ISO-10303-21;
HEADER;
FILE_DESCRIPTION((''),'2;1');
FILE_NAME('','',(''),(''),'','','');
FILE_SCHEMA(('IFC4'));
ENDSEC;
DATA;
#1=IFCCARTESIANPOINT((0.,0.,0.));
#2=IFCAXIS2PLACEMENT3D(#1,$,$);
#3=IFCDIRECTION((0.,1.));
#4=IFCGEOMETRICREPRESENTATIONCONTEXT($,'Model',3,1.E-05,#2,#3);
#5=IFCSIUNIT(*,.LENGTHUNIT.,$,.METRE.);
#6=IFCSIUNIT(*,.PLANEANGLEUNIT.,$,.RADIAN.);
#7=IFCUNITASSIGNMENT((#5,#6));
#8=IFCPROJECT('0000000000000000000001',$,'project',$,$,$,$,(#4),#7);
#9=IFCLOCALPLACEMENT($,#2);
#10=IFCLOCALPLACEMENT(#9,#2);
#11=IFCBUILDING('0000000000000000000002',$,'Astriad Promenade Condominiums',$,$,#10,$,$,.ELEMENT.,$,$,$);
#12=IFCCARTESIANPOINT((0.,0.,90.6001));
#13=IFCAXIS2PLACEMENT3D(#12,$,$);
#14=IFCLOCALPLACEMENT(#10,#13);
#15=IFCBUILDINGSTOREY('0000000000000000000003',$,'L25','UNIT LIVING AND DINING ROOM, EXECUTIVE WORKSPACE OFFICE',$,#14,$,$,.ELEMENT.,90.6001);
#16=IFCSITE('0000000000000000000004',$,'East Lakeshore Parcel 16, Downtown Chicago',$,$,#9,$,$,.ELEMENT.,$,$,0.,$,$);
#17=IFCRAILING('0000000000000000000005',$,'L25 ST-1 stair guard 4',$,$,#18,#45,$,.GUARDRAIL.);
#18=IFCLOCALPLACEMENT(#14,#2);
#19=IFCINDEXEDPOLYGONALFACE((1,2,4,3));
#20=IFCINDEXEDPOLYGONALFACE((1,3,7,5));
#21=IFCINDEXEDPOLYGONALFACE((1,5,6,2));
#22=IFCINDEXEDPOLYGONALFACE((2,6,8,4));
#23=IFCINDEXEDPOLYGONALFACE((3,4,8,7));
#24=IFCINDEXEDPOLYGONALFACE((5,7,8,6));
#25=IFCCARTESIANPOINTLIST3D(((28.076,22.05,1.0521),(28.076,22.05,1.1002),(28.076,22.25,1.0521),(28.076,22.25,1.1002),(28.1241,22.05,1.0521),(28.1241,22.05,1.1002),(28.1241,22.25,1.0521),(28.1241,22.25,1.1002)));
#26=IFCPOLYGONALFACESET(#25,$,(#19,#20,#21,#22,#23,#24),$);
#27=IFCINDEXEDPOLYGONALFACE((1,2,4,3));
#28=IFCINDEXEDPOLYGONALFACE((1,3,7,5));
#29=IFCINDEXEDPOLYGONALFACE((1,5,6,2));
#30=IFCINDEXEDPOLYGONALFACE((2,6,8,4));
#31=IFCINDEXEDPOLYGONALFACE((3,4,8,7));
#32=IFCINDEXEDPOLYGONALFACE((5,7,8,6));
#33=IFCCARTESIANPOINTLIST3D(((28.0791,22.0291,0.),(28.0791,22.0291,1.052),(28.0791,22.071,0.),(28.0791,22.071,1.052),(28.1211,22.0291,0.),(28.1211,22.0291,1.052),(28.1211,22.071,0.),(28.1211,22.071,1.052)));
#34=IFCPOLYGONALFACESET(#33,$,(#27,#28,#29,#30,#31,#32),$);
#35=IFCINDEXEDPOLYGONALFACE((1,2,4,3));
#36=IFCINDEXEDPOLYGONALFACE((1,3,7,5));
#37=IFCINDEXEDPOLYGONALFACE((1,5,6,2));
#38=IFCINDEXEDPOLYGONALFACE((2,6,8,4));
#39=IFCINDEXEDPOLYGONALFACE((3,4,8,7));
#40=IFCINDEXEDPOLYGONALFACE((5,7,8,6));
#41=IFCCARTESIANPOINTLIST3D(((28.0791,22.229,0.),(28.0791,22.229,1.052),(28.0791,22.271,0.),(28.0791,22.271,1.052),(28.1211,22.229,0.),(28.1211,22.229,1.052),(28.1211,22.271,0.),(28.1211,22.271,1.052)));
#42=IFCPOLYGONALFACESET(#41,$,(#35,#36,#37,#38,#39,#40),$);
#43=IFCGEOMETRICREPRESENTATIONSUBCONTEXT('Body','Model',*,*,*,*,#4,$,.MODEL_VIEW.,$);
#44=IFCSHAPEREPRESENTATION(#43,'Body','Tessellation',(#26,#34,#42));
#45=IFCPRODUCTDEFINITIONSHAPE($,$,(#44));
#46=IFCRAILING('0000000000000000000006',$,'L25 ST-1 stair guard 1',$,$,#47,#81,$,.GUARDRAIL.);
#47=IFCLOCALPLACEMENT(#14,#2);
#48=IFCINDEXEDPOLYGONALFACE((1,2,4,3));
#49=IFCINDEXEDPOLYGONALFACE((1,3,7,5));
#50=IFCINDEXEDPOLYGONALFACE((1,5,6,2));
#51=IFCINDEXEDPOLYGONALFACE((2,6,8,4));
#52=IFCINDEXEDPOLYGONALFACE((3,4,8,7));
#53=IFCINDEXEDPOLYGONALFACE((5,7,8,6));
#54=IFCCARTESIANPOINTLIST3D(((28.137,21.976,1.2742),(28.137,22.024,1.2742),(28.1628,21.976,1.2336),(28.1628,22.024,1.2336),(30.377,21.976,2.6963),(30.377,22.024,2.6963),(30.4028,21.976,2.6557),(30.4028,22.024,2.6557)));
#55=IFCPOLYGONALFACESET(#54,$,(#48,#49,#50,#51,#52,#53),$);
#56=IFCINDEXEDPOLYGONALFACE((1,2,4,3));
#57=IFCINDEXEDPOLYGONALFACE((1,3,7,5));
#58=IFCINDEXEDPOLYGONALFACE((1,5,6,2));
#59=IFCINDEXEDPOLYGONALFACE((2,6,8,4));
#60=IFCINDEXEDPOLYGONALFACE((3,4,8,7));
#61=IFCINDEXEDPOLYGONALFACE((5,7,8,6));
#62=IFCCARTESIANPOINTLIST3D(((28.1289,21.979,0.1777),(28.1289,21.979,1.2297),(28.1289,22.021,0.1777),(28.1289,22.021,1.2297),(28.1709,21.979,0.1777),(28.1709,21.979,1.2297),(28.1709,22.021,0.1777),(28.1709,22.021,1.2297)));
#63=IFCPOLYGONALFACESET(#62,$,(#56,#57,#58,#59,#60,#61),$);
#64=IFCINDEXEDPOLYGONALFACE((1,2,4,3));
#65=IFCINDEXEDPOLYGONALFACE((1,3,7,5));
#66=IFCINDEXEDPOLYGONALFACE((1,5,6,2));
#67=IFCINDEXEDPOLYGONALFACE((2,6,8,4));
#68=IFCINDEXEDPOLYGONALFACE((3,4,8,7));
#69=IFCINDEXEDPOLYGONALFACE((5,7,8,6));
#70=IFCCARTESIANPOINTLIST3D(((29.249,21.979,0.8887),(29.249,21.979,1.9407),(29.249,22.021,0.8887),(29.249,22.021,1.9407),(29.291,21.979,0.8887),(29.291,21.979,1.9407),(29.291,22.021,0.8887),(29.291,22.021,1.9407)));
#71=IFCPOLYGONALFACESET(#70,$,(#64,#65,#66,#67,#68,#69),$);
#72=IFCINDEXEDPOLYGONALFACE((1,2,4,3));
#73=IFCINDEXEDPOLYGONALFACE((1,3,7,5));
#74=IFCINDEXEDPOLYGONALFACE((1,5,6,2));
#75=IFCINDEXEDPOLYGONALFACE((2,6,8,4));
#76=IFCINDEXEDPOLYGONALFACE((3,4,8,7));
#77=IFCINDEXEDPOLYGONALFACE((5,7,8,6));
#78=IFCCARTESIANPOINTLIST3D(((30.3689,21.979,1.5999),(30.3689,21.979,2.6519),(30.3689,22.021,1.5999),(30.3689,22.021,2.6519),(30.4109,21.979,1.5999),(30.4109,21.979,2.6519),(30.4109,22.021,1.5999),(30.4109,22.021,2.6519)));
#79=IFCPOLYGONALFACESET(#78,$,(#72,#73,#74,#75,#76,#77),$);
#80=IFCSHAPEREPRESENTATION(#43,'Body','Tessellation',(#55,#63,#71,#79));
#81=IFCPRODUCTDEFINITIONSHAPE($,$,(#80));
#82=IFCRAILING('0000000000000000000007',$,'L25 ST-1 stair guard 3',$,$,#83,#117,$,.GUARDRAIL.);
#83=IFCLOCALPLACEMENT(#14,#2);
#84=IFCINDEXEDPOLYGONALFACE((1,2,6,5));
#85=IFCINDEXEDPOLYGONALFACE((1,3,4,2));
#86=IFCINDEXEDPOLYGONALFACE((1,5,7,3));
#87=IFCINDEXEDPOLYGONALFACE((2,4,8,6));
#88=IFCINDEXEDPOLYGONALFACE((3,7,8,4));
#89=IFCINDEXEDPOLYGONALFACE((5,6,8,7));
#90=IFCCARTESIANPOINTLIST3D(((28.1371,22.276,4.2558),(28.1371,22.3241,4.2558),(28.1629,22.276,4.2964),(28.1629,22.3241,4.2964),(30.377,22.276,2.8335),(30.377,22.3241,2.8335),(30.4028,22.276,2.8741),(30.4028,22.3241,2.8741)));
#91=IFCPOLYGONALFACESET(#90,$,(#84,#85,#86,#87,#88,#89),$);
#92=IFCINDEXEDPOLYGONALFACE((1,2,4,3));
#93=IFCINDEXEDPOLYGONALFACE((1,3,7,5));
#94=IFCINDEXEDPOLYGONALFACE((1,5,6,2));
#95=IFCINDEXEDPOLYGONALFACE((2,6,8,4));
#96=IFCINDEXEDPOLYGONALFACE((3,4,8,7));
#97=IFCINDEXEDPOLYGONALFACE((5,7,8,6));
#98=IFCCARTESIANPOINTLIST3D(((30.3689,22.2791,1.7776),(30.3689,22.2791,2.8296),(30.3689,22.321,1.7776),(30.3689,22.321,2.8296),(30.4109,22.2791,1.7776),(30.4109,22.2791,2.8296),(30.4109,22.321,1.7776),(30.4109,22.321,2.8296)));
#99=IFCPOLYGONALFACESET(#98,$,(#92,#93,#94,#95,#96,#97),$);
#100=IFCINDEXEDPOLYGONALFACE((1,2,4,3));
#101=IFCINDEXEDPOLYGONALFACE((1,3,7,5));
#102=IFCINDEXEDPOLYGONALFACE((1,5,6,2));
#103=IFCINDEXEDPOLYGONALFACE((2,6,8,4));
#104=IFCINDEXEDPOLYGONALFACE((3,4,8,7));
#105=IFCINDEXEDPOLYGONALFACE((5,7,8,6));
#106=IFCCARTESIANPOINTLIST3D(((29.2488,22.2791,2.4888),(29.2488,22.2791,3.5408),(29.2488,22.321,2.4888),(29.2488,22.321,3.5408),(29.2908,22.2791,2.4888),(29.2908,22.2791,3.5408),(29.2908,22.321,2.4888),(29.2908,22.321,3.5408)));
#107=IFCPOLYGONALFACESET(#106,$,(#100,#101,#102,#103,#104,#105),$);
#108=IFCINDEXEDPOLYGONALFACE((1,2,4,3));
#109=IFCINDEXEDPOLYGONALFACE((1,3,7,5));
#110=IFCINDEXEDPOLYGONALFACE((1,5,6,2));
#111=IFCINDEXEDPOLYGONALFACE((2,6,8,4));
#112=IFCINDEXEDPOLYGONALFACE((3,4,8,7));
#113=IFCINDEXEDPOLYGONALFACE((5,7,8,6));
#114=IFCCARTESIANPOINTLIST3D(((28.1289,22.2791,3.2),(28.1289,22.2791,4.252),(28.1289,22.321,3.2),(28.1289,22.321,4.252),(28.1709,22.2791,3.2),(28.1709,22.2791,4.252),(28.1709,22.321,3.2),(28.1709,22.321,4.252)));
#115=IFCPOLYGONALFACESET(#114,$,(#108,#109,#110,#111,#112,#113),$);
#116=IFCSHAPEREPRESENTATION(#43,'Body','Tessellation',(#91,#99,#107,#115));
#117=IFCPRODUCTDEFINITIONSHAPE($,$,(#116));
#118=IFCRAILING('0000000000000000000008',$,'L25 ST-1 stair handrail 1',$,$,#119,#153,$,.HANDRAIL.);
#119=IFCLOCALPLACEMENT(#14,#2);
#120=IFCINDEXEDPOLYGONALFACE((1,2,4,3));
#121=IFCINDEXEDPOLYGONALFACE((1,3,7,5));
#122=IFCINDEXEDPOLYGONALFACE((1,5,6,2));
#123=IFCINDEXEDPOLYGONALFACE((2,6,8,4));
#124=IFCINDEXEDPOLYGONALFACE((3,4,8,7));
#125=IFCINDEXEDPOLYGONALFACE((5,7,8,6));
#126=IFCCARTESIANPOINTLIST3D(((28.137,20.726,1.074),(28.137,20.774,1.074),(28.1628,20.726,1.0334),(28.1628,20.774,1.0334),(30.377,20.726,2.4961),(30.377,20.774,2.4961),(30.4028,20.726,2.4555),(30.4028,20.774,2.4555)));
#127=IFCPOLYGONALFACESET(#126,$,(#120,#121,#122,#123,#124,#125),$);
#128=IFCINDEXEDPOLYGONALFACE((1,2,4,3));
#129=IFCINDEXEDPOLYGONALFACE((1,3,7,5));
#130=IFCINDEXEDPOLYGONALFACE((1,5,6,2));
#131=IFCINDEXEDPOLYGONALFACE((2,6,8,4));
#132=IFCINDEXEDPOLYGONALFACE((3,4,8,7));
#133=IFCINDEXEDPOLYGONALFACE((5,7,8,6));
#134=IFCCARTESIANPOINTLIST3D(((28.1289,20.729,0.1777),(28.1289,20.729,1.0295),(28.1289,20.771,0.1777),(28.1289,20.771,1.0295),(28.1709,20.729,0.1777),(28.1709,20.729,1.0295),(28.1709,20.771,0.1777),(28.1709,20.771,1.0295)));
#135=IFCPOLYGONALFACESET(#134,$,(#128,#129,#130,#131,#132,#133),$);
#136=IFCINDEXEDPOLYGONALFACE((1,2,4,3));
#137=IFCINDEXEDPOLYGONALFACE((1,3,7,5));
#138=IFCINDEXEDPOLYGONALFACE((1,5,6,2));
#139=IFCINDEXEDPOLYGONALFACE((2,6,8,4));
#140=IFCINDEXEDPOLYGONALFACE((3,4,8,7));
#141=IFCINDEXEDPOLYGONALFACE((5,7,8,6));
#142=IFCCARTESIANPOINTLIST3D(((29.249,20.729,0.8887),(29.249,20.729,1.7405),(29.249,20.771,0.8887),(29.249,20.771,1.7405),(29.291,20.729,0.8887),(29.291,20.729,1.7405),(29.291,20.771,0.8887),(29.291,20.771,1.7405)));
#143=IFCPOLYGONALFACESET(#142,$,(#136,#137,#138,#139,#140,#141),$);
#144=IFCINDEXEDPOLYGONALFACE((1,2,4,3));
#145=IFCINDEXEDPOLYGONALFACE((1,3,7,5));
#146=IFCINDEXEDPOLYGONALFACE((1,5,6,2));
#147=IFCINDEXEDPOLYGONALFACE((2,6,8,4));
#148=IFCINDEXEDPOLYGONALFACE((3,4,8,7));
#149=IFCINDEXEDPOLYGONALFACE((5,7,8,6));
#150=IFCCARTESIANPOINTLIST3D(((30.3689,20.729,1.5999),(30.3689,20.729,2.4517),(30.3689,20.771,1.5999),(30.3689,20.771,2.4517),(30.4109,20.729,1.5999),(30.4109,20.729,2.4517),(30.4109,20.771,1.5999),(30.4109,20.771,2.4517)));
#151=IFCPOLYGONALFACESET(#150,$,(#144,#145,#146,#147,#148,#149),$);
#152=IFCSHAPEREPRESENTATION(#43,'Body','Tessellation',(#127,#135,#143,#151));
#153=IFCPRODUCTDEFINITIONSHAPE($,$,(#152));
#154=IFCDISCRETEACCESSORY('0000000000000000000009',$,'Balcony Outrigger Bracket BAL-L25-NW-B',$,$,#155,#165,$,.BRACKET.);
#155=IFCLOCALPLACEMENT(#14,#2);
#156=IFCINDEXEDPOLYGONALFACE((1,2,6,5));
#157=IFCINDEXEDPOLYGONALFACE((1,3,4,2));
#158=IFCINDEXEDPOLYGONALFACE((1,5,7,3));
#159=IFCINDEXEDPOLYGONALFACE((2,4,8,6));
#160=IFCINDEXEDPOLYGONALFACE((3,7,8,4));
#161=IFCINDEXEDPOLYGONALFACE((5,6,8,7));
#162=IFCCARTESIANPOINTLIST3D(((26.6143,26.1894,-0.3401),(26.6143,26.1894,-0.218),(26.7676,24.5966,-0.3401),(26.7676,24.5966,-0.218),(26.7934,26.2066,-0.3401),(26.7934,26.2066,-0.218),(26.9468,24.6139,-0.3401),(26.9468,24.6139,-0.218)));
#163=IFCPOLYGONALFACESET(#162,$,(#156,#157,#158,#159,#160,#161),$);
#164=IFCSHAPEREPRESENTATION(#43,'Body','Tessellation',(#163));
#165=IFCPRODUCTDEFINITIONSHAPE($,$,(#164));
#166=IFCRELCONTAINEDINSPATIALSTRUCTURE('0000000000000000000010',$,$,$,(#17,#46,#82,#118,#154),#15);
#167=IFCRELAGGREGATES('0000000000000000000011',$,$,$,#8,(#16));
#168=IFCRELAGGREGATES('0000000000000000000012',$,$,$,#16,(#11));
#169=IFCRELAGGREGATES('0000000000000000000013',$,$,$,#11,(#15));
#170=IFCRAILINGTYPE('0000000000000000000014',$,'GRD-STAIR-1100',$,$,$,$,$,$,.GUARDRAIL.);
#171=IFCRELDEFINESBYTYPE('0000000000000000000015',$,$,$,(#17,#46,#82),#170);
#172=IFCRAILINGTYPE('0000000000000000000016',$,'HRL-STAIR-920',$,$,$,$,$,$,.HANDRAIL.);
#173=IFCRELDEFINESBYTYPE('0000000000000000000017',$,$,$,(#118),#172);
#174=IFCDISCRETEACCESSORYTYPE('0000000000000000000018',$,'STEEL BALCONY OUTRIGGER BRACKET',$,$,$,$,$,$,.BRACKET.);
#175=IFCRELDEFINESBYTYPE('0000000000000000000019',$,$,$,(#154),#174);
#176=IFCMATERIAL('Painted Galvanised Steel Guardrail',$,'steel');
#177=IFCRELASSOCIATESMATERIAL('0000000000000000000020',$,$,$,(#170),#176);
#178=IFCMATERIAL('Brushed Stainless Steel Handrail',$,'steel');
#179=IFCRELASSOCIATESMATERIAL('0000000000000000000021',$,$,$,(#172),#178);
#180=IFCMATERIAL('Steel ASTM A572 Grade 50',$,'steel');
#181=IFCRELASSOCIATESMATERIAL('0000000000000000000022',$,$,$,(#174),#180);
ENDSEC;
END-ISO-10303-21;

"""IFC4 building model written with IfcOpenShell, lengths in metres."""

from ifc_helpers import new_model, si_unit, direction, frame, origin, origin_2d, place, context, subcontext, project, spatial, rectangle, extrude, source, transform, mapped, material, type_object, type_shapes, element, save


model = new_model("IFC4")

# Units and contexts
model_context = context("Model", 3, precision=1e-05, world=origin(), true_north=direction((0.0, 1.0)))
body_context = subcontext(model_context, "Body", "Model", "MODEL_VIEW")
ifc_project = project(units=[si_unit("LENGTHUNIT", "METRE"), si_unit("PLANEANGLEUNIT", "RADIAN")], contexts=[model_context])

# Site, building, storey
site_placement = place(None, origin())
site = spatial("IfcSite", under=ifc_project, at=site_placement, Name="East Lakeshore Parcel 16, Downtown Chicago", CompositionType="ELEMENT", RefElevation=0.0)
building_placement = place(site_placement, origin())
building = spatial("IfcBuilding", under=site, at=building_placement, Name="Astriad Promenade Condominiums", CompositionType="ELEMENT")
storey_placement = place(building_placement, frame((0.0, 0.0, 90.6001)))
storey = spatial("IfcBuildingStorey", under=building, at=storey_placement, Name="L25", Description="UNIT LIVING AND DINING ROOM, EXECUTIVE WORKSPACE OFFICE", CompositionType="ELEMENT", Elevation=90.6001)

# Railings
ifc_material_1 = material(Name="Painted Galvanised Steel Guardrail", Category="steel")
railing_type_1 = type_object("IfcRailingType", Name="GRD-STAIR-1100", PredefinedType="GUARDRAIL", material=ifc_material_1)
shared_shape_1 = source(origin(), body_context, "Body", "SweptSolid", [
    extrude(rectangle(XDim=0.0481, YDim=0.0481, at=origin_2d()), frame((0.0, 0.0, 1.0762), z_axis=(0.0, 1.0, 0.0), x_axis=(-1.0, 0.0, 0.0)), (0.0, 0.0, 1.0), 0.2),
    extrude(rectangle(XDim=0.042, YDim=0.042, at=origin_2d()), origin(), (0.0, 0.0, 1.0), 1.052),
    extrude(rectangle(XDim=0.042, YDim=0.042, at=origin_2d()), frame((0.0, 0.2, 0.0)), (0.0, 0.0, 1.0), 1.052),
])
railing_1_placement = place(storey_placement, frame((28.1001, 22.05, 0.0)))
element("IfcRailing", 1, at=railing_1_placement, inside=storey, type_object=railing_type_1, Name="L25 ST-1 stair guard 4", PredefinedType="GUARDRAIL", context=body_context, shape_type="MappedRepresentation", body=[
    mapped(shared_shape_1, transform((0.0, 0.0, 0.0), scale=1.0)),
])
shared_shape_2 = source(origin(), body_context, "Body", "SweptSolid", [
    extrude(rectangle(XDim=0.0481, YDim=0.0481, at=origin_2d()), frame((0.0, 0.0, 1.0762), z_axis=(0.844229, 0.0, 0.535982), x_axis=(0.0, 1.0, 0.0)), (0.0, 0.0, 1.0), 2.6533),
    extrude(rectangle(XDim=0.042, YDim=0.042, at=origin_2d()), origin(), (0.0, 0.0, 1.0), 1.052),
    extrude(rectangle(XDim=0.042, YDim=0.042, at=origin_2d()), frame((1.1201, 0.0, 0.7109)), (0.0, 0.0, 1.0), 1.052),
    extrude(rectangle(XDim=0.042, YDim=0.042, at=origin_2d()), frame((2.24, 0.0, 1.4221)), (0.0, 0.0, 1.0), 1.052),
])
railing_2_placement = place(storey_placement, frame((28.1499, 22.0, 0.1777)))
element("IfcRailing", 2, at=railing_2_placement, inside=storey, type_object=railing_type_1, Name="L25 ST-1 stair guard 1", PredefinedType="GUARDRAIL", context=body_context, shape_type="MappedRepresentation", body=[
    mapped(shared_shape_2, transform((0.0, 0.0, 0.0), scale=1.0)),
])
shared_shape_3 = source(origin(), body_context, "Body", "SweptSolid", [
    extrude(rectangle(XDim=0.0481, YDim=0.0481, at=origin_2d()), frame((0.0, 0.0, 1.0762), z_axis=(-0.844188, 0.0, 0.536048), x_axis=(0.0, -1.0, 0.0)), (0.0, 0.0, 1.0), 2.6533),
    extrude(rectangle(XDim=0.042, YDim=0.042, at=origin_2d()), origin(), (0.0, 0.0, 1.0), 1.052),
    extrude(rectangle(XDim=0.042, YDim=0.042, at=origin_2d()), frame((-1.1201, 0.0, 0.7112)), (0.0, 0.0, 1.0), 1.052),
    extrude(rectangle(XDim=0.042, YDim=0.042, at=origin_2d()), frame((-2.24, 0.0, 1.4224)), (0.0, 0.0, 1.0), 1.052),
])
type_shapes(railing_type_1, [shared_shape_1, shared_shape_2, shared_shape_3])
railing_3_placement = place(storey_placement, frame((30.3899, 22.3, 1.7776)))
element("IfcRailing", 3, at=railing_3_placement, inside=storey, type_object=railing_type_1, Name="L25 ST-1 stair guard 3", PredefinedType="GUARDRAIL", context=body_context, shape_type="MappedRepresentation", body=[
    mapped(shared_shape_3, transform((0.0, 0.0, 0.0), scale=1.0)),
])
ifc_material_2 = material(Name="Brushed Stainless Steel Handrail", Category="steel")
railing_type_2 = type_object("IfcRailingType", Name="HRL-STAIR-920", PredefinedType="HANDRAIL", material=ifc_material_2)
shared_shape_4 = source(origin(), body_context, "Body", "SweptSolid", [
    extrude(rectangle(XDim=0.0481, YDim=0.0481, at=origin_2d()), frame((0.0, 0.0, 0.876), z_axis=(0.844229, 0.0, 0.535982), x_axis=(0.0, 1.0, 0.0)), (0.0, 0.0, 1.0), 2.6533),
    extrude(rectangle(XDim=0.042, YDim=0.042, at=origin_2d()), origin(), (0.0, 0.0, 1.0), 0.8518),
    extrude(rectangle(XDim=0.042, YDim=0.042, at=origin_2d()), frame((1.1201, 0.0, 0.7109)), (0.0, 0.0, 1.0), 0.8518),
    extrude(rectangle(XDim=0.042, YDim=0.042, at=origin_2d()), frame((2.24, 0.0, 1.4221)), (0.0, 0.0, 1.0), 0.8518),
])
type_shapes(railing_type_2, [shared_shape_4])
railing_4_placement = place(storey_placement, frame((28.1499, 20.75, 0.1777)))
element("IfcRailing", 4, at=railing_4_placement, inside=storey, type_object=railing_type_2, Name="L25 ST-1 stair handrail 1", PredefinedType="HANDRAIL", context=body_context, shape_type="MappedRepresentation", body=[
    mapped(shared_shape_4, transform((0.0, 0.0, 0.0), scale=1.0)),
])

# Discrete accessory
ifc_material_3 = material(Name="Steel ASTM A572 Grade 50", Category="steel")
discrete_accessory_type = type_object("IfcDiscreteAccessoryType", Name="STEEL BALCONY OUTRIGGER BRACKET", PredefinedType="BRACKET", material=ifc_material_3)
shared_shape_5 = source(origin(), body_context, "Body", "SweptSolid", [
    extrude(rectangle(XDim=1.6001, YDim=0.1799, at=origin_2d()), origin(), (0.0, 0.0, 1.0), 0.1221),
])
type_shapes(discrete_accessory_type, [shared_shape_5])
discrete_accessory_placement = place(storey_placement, frame((26.7805, 25.4016, -0.3401), z_axis=(0.0, 0.0, 1.0), x_axis=(-0.095846, 0.995396, 0.0)))
element("IfcDiscreteAccessory", 5, at=discrete_accessory_placement, inside=storey, type_object=discrete_accessory_type, Name="Balcony Outrigger Bracket BAL-L25-NW-B", PredefinedType="BRACKET", context=body_context, shape_type="MappedRepresentation", body=[
    mapped(shared_shape_5, transform((0.0, 0.0, 0.0), scale=1.0)),
])

save(model, "model.ifc")
